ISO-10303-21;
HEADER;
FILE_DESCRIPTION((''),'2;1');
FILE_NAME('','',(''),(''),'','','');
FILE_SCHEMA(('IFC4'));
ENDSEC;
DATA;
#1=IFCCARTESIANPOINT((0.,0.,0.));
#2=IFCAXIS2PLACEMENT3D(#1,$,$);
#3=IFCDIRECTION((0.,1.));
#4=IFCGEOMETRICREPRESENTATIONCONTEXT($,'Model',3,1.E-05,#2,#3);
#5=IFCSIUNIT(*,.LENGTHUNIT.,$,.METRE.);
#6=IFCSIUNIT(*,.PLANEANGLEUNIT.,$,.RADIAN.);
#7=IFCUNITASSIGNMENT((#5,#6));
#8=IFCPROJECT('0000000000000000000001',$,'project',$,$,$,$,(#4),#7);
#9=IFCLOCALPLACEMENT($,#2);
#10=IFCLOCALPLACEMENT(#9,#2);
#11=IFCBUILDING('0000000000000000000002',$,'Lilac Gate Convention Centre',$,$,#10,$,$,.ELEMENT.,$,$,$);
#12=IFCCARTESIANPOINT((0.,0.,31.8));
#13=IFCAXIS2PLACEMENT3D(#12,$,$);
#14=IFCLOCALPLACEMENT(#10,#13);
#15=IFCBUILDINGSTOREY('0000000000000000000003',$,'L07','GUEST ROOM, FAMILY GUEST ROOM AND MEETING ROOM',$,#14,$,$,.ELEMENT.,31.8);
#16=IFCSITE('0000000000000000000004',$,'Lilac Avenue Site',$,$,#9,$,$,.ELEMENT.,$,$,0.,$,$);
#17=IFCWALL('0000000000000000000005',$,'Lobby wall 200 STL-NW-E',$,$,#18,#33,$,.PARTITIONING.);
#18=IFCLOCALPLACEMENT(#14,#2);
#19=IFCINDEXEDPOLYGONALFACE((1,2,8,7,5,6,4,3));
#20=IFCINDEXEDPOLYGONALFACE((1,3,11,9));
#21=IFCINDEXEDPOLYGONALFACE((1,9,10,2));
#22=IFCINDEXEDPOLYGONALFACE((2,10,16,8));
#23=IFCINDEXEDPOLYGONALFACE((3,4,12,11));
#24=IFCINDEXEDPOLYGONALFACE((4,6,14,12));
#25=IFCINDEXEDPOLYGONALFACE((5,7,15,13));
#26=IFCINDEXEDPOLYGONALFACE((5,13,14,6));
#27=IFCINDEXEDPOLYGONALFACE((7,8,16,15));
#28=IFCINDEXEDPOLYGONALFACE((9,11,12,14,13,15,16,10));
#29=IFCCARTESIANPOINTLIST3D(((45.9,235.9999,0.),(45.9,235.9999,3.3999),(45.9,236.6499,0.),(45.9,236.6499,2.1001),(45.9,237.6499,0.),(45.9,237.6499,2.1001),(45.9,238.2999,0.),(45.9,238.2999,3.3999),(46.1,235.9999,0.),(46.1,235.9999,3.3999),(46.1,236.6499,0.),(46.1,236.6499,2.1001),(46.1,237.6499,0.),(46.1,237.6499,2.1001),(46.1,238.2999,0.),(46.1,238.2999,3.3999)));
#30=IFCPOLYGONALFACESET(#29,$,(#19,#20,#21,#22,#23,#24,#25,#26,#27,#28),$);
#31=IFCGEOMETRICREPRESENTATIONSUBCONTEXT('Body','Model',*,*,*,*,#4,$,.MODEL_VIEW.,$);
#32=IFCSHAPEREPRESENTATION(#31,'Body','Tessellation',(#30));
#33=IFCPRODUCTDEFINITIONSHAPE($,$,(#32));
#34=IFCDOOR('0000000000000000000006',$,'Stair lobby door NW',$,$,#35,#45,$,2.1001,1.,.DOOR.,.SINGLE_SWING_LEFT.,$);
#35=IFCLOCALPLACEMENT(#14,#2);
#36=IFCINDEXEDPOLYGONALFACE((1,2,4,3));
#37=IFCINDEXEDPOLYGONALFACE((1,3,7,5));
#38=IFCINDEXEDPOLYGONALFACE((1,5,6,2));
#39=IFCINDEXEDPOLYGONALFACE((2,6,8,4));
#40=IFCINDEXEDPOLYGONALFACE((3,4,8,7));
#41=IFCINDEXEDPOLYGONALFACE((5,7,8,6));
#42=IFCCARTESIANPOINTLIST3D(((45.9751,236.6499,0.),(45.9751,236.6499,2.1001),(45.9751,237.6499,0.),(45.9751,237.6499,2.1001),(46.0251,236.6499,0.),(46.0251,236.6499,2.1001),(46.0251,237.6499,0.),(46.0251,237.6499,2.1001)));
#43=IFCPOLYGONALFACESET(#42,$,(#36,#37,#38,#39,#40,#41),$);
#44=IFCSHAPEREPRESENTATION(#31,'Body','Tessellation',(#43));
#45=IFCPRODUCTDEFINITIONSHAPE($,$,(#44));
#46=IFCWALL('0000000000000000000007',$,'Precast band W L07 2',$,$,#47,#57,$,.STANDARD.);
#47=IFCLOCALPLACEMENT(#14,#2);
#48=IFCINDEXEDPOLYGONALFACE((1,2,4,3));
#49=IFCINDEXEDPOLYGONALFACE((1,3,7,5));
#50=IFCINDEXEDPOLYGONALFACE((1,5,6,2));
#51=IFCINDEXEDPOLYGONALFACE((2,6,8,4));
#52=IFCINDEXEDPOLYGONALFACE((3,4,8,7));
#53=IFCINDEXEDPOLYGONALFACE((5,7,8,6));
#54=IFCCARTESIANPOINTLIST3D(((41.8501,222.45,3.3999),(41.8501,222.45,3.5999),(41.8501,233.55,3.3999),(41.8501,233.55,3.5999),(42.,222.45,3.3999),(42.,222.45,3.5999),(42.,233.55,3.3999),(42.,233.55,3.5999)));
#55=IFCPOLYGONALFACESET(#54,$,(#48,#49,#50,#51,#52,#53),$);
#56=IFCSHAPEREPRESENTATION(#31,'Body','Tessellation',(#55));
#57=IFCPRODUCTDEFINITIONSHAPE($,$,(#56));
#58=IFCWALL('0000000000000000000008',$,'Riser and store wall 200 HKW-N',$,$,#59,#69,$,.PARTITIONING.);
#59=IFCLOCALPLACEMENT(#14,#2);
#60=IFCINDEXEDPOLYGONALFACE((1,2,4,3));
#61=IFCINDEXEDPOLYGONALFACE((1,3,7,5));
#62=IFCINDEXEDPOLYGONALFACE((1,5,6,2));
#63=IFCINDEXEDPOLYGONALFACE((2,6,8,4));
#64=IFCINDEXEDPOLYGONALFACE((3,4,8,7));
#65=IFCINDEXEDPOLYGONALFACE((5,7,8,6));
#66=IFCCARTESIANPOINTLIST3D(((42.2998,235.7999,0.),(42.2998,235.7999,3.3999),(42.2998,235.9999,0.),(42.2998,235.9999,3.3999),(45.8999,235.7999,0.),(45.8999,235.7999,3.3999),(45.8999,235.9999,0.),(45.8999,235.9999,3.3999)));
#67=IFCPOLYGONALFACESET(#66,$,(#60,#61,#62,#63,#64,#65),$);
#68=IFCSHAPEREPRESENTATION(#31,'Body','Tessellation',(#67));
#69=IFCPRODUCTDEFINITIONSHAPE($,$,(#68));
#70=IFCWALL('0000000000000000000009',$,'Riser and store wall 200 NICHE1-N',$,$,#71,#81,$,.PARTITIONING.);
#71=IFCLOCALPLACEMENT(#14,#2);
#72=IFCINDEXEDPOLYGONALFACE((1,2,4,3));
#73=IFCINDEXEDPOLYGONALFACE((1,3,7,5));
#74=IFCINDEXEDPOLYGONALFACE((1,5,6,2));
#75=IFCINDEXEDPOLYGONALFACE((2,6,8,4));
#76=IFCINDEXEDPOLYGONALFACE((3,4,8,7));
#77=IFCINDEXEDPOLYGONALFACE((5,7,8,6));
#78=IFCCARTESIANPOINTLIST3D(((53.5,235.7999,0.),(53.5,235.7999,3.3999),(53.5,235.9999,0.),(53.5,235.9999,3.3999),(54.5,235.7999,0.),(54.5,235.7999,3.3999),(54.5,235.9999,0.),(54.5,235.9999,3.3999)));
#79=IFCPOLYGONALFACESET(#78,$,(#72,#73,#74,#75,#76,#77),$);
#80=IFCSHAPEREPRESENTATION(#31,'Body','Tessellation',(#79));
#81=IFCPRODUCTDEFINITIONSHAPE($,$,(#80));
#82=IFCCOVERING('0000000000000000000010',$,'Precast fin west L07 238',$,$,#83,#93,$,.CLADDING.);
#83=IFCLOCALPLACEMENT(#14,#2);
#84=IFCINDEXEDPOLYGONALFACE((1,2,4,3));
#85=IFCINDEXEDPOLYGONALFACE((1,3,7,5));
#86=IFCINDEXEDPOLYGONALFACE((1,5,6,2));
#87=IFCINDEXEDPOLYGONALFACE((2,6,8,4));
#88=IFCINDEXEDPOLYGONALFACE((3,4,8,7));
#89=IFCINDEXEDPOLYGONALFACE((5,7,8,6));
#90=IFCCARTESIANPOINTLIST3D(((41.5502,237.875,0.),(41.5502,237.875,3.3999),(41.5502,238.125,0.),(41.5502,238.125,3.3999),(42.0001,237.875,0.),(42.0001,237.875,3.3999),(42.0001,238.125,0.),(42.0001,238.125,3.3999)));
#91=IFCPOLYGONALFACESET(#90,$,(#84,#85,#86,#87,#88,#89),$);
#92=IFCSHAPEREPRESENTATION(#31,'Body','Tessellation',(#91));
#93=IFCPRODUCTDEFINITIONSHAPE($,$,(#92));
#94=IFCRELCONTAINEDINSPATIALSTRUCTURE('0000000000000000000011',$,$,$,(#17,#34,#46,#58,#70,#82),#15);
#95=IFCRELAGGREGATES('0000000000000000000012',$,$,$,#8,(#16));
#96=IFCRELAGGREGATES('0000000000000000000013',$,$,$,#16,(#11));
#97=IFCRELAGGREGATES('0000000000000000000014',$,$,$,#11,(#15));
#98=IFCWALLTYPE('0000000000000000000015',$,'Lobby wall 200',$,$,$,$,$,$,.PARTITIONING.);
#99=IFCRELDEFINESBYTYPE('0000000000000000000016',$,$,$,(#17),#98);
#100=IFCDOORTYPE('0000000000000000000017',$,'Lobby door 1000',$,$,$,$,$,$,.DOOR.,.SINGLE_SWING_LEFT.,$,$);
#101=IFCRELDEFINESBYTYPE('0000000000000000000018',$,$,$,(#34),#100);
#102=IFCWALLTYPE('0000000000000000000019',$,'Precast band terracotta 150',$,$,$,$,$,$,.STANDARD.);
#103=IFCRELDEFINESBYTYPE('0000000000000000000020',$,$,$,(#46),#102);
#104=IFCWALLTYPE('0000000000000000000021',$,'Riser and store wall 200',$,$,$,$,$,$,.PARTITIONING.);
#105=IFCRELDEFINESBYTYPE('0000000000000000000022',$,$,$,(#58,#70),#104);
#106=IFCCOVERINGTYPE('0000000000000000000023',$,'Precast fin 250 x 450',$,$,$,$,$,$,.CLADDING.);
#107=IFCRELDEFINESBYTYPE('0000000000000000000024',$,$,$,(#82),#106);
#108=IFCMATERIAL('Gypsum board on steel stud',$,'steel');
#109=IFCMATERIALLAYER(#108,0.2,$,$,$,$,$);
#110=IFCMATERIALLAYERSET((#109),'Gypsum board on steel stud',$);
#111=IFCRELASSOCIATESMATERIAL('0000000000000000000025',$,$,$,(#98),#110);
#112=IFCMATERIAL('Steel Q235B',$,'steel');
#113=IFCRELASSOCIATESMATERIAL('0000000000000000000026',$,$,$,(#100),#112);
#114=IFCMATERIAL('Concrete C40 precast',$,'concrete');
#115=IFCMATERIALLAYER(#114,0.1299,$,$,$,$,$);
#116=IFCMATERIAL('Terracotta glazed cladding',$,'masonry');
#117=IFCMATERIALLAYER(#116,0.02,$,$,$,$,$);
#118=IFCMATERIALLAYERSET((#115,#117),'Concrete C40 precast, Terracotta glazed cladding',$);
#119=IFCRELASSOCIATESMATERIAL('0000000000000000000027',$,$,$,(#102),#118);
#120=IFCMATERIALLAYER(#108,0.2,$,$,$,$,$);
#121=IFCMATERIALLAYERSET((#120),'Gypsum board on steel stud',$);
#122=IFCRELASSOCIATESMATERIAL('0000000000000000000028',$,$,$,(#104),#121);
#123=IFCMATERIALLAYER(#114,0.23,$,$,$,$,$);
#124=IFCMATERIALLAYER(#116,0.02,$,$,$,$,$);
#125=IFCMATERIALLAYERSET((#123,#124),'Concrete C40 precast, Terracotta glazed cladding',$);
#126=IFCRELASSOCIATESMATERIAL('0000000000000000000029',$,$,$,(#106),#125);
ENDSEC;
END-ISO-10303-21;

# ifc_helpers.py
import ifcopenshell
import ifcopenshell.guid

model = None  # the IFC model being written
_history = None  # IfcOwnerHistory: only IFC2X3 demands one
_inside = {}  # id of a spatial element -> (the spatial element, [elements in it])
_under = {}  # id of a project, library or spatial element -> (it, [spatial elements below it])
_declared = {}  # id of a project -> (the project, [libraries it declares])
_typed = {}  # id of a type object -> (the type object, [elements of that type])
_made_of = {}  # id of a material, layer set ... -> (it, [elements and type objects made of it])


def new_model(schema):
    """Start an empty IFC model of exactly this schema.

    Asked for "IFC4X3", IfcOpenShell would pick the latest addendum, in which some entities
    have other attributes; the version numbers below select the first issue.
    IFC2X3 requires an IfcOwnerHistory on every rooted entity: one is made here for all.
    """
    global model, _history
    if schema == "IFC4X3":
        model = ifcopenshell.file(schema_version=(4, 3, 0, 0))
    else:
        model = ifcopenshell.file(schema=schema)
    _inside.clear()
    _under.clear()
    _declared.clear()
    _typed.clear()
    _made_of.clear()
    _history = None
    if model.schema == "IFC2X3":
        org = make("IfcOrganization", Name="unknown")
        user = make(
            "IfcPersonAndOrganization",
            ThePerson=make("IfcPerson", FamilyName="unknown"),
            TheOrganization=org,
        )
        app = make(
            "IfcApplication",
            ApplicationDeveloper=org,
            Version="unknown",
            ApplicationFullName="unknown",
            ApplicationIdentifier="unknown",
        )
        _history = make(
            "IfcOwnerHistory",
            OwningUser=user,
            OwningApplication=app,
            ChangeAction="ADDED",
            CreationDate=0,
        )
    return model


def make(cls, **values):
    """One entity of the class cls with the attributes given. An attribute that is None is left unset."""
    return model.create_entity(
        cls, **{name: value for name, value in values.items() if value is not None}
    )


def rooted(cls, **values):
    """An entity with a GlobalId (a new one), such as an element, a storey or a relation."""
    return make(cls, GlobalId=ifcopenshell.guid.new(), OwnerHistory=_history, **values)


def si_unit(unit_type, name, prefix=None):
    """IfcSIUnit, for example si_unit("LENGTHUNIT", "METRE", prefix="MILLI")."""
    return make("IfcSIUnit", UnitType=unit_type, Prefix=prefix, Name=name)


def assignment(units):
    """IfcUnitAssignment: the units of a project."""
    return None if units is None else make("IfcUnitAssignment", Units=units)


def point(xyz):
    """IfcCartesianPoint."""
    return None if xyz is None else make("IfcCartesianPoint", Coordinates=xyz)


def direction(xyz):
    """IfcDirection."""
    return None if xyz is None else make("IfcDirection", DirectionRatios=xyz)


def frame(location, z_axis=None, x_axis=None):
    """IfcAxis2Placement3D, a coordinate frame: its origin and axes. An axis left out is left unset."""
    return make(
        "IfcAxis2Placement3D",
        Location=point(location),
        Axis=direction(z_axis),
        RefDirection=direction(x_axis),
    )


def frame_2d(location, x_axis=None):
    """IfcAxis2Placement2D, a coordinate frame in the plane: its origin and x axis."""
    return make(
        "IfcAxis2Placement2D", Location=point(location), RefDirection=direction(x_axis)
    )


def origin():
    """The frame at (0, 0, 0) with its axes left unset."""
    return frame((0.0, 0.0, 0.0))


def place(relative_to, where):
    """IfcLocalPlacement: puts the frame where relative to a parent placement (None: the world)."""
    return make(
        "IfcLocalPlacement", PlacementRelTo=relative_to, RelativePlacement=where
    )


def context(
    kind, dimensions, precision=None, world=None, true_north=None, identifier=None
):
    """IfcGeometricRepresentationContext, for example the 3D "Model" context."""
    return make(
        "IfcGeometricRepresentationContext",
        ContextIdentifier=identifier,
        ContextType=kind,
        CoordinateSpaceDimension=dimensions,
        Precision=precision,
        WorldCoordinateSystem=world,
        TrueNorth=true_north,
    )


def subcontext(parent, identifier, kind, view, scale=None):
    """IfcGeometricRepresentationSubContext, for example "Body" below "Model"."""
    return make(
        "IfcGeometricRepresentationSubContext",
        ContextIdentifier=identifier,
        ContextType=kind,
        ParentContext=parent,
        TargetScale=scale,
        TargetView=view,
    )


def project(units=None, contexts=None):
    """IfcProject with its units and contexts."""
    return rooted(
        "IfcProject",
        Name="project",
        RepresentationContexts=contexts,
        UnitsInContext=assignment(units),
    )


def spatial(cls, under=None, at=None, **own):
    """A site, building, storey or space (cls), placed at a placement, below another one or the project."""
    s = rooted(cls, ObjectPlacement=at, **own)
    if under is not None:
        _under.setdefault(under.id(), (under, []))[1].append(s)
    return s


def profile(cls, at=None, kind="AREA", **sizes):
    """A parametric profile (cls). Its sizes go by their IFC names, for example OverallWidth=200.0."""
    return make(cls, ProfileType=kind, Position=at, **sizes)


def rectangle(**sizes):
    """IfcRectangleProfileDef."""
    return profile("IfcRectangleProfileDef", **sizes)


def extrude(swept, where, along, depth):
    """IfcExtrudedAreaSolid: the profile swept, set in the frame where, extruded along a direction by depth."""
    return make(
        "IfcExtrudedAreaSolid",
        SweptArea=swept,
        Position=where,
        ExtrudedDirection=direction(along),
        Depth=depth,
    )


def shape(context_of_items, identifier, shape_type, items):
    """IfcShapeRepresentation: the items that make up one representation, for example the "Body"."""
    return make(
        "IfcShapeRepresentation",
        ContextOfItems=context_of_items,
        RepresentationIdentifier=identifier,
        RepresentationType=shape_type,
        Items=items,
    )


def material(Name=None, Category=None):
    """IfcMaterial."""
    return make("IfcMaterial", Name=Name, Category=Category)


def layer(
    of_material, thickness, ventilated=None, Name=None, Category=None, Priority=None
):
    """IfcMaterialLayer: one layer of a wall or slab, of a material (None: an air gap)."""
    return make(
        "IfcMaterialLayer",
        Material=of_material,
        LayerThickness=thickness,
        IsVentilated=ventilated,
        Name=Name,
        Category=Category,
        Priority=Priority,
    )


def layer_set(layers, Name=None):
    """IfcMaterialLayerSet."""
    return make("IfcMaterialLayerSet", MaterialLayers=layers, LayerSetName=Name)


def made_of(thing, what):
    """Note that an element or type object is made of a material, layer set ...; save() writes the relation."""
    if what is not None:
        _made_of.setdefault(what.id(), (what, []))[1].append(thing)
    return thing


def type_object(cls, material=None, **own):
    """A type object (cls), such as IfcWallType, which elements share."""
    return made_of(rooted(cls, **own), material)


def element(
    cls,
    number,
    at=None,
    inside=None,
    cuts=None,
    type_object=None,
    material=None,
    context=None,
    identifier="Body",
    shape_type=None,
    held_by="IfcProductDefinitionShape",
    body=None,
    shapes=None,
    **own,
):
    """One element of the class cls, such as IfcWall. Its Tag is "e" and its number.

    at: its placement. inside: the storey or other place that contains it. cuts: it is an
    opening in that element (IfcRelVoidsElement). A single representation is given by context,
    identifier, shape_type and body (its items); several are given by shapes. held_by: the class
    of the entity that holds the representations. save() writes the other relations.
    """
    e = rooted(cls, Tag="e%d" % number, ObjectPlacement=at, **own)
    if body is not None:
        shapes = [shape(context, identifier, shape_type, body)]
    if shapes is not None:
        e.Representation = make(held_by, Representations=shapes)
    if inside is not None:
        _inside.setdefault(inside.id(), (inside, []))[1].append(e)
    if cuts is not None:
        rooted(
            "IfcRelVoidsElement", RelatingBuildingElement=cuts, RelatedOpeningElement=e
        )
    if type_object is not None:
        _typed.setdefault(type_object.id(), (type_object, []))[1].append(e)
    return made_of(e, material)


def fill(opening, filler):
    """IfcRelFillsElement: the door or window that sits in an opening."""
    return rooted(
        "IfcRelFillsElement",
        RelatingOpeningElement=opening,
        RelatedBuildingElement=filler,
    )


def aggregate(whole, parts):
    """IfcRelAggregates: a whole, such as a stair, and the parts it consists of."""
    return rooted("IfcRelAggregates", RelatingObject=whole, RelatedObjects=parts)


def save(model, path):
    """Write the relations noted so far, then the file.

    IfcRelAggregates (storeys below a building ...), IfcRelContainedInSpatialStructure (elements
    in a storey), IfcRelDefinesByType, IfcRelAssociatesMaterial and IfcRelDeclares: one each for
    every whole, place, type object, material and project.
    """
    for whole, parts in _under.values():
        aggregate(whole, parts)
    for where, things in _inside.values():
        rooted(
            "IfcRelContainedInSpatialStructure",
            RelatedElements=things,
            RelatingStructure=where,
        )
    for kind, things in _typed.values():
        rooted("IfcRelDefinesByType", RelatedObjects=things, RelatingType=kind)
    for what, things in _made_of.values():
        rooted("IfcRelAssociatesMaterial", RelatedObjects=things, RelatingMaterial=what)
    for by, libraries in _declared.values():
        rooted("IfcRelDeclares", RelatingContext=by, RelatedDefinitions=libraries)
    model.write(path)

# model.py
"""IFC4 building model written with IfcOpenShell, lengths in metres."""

from ifc_helpers import new_model, si_unit, direction, frame, frame_2d, origin, place, context, subcontext, project, spatial, rectangle, extrude, material, layer, layer_set, type_object, element, fill, save


model = new_model("IFC4")

# Units and contexts
model_context = context("Model", 3, precision=1e-05, world=origin(), true_north=direction((0.0, 1.0)))
body_context = subcontext(model_context, "Body", "Model", "MODEL_VIEW")
ifc_project = project(units=[si_unit("LENGTHUNIT", "METRE"), si_unit("PLANEANGLEUNIT", "RADIAN")], contexts=[model_context])

# Site, building, storey
site_placement = place(None, origin())
site = spatial("IfcSite", under=ifc_project, at=site_placement, Name="Lilac Avenue Site", CompositionType="ELEMENT", RefElevation=0.0)
building_placement = place(site_placement, origin())
building = spatial("IfcBuilding", under=site, at=building_placement, Name="Lilac Gate Convention Centre", CompositionType="ELEMENT")
storey_placement = place(building_placement, frame((0.0, 0.0, 31.8)))
storey = spatial("IfcBuildingStorey", under=building, at=storey_placement, Name="L07", Description="GUEST ROOM, FAMILY GUEST ROOM AND MEETING ROOM", CompositionType="ELEMENT", Elevation=31.8)

# Wall, opening, door
ifc_material_1 = material(Name="Gypsum board on steel stud", Category="steel")
ifc_layer_1 = layer(ifc_material_1, 0.2)
ifc_layer_set_1 = layer_set([ifc_layer_1], Name="Gypsum board on steel stud")
wall_type_1 = type_object("IfcWallType", Name="Lobby wall 200", PredefinedType="PARTITIONING", material=ifc_layer_set_1)
wall_1_placement = place(storey_placement, frame((46.0, 236.0, 0.0), z_axis=(0.0, 0.0, 1.0), x_axis=(0.0, 1.0, 0.0)))
wall_1 = element("IfcWall", 1, at=wall_1_placement, inside=storey, type_object=wall_type_1, Name="Lobby wall 200 STL-NW-E", PredefinedType="PARTITIONING", context=body_context, shape_type="SweptSolid", body=[
    extrude(rectangle(XDim=2.3, YDim=0.2, at=frame_2d((1.1499, 0.0))), origin(), (0.0, 0.0, 1.0), 3.3999),
])
opening_placement = place(wall_1_placement, frame((0.6499, 0.0, 0.0)))
opening = element("IfcOpeningElement", 2, at=opening_placement, cuts=wall_1, PredefinedType="OPENING", context=body_context, shape_type="SweptSolid", body=[
    extrude(rectangle(XDim=1.0, YDim=2.1001, at=frame_2d((0.5, 1.05))), frame((0.0, 0.1099, 0.0), z_axis=(0.0, -1.0, 0.0), x_axis=(1.0, 0.0, 0.0)), (0.0, 0.0, 1.0), 0.22),
])
ifc_material_2 = material(Name="Steel Q235B", Category="steel")
door_type = type_object("IfcDoorType", Name="Lobby door 1000", OperationType="SINGLE_SWING_LEFT", PredefinedType="DOOR", material=ifc_material_2)
door_placement = place(opening_placement, origin())
door = element("IfcDoor", 3, at=door_placement, inside=storey, type_object=door_type, Name="Stair lobby door NW", OperationType="SINGLE_SWING_LEFT", OverallHeight=2.1001, OverallWidth=1.0, PredefinedType="DOOR", context=body_context, shape_type="SweptSolid", body=[
    extrude(rectangle(XDim=1.0, YDim=2.1001, at=frame_2d((0.5, 1.05))), frame((0.0, 0.0249, 0.0), z_axis=(0.0, -1.0, 0.0), x_axis=(1.0, 0.0, 0.0)), (0.0, 0.0, 1.0), 0.05),
])
fill(opening, door)

# Walls
ifc_material_3 = material(Name="Concrete C40 precast", Category="concrete")
ifc_layer_2 = layer(ifc_material_3, 0.1299)
ifc_material_4 = material(Name="Terracotta glazed cladding", Category="masonry")
ifc_layer_3 = layer(ifc_material_4, 0.02)
ifc_layer_set_2 = layer_set([ifc_layer_2, ifc_layer_3], Name="Concrete C40 precast, Terracotta glazed cladding")
wall_type_2 = type_object("IfcWallType", Name="Precast band terracotta 150", PredefinedType="STANDARD", material=ifc_layer_set_2)
wall_2_placement = place(storey_placement, frame((41.925, 233.55, 3.3999), z_axis=(0.0, 0.0, 1.0), x_axis=(0.0, -1.0, 0.0)))
element("IfcWall", 4, at=wall_2_placement, inside=storey, type_object=wall_type_2, Name="Precast band W L07 2", PredefinedType="STANDARD", context=body_context, shape_type="SweptSolid", body=[
    extrude(rectangle(XDim=11.1001, YDim=0.1499, at=frame_2d((5.55, 0.0))), origin(), (0.0, 0.0, 1.0), 0.2),
])
ifc_layer_4 = layer(ifc_material_1, 0.2)
ifc_layer_set_3 = layer_set([ifc_layer_4], Name="Gypsum board on steel stud")
wall_type_3 = type_object("IfcWallType", Name="Riser and store wall 200", PredefinedType="PARTITIONING", material=ifc_layer_set_3)
wall_3_placement = place(storey_placement, frame((42.2998, 235.8999, 0.0), z_axis=(0.0, 0.0, 1.0), x_axis=(1.0, 0.0, 0.0)))
element("IfcWall", 5, at=wall_3_placement, inside=storey, type_object=wall_type_3, Name="Riser and store wall 200 HKW-N", PredefinedType="PARTITIONING", context=body_context, shape_type="SweptSolid", body=[
    extrude(rectangle(XDim=3.6001, YDim=0.2, at=frame_2d((1.8, 0.0))), origin(), (0.0, 0.0, 1.0), 3.3999),
])
wall_4_placement = place(storey_placement, frame((53.5, 235.8999, 0.0), z_axis=(0.0, 0.0, 1.0), x_axis=(1.0, 0.0, 0.0)))
element("IfcWall", 6, at=wall_4_placement, inside=storey, type_object=wall_type_3, Name="Riser and store wall 200 NICHE1-N", PredefinedType="PARTITIONING", context=body_context, shape_type="SweptSolid", body=[
    extrude(rectangle(XDim=1.0, YDim=0.2, at=frame_2d((0.5, 0.0))), origin(), (0.0, 0.0, 1.0), 3.3999),
])

# Covering
ifc_layer_5 = layer(ifc_material_3, 0.23)
ifc_layer_6 = layer(ifc_material_4, 0.02)
ifc_layer_set_4 = layer_set([ifc_layer_5, ifc_layer_6], Name="Concrete C40 precast, Terracotta glazed cladding")
covering_type = type_object("IfcCoveringType", Name="Precast fin 250 x 450", PredefinedType="CLADDING", material=ifc_layer_set_4)
covering_placement = place(storey_placement, frame((41.55, 238.0, 0.0), z_axis=(0.0, 0.0, 1.0), x_axis=(1.0, 0.0, 0.0)))
element("IfcCovering", 7, at=covering_placement, inside=storey, type_object=covering_type, Name="Precast fin west L07 238", PredefinedType="CLADDING", context=body_context, shape_type="SweptSolid", body=[
    extrude(rectangle(XDim=0.45, YDim=0.25, at=frame_2d((0.2251, 0.0))), origin(), (0.0, 0.0, 1.0), 3.3999),
])

save(model, "model.ifc")
